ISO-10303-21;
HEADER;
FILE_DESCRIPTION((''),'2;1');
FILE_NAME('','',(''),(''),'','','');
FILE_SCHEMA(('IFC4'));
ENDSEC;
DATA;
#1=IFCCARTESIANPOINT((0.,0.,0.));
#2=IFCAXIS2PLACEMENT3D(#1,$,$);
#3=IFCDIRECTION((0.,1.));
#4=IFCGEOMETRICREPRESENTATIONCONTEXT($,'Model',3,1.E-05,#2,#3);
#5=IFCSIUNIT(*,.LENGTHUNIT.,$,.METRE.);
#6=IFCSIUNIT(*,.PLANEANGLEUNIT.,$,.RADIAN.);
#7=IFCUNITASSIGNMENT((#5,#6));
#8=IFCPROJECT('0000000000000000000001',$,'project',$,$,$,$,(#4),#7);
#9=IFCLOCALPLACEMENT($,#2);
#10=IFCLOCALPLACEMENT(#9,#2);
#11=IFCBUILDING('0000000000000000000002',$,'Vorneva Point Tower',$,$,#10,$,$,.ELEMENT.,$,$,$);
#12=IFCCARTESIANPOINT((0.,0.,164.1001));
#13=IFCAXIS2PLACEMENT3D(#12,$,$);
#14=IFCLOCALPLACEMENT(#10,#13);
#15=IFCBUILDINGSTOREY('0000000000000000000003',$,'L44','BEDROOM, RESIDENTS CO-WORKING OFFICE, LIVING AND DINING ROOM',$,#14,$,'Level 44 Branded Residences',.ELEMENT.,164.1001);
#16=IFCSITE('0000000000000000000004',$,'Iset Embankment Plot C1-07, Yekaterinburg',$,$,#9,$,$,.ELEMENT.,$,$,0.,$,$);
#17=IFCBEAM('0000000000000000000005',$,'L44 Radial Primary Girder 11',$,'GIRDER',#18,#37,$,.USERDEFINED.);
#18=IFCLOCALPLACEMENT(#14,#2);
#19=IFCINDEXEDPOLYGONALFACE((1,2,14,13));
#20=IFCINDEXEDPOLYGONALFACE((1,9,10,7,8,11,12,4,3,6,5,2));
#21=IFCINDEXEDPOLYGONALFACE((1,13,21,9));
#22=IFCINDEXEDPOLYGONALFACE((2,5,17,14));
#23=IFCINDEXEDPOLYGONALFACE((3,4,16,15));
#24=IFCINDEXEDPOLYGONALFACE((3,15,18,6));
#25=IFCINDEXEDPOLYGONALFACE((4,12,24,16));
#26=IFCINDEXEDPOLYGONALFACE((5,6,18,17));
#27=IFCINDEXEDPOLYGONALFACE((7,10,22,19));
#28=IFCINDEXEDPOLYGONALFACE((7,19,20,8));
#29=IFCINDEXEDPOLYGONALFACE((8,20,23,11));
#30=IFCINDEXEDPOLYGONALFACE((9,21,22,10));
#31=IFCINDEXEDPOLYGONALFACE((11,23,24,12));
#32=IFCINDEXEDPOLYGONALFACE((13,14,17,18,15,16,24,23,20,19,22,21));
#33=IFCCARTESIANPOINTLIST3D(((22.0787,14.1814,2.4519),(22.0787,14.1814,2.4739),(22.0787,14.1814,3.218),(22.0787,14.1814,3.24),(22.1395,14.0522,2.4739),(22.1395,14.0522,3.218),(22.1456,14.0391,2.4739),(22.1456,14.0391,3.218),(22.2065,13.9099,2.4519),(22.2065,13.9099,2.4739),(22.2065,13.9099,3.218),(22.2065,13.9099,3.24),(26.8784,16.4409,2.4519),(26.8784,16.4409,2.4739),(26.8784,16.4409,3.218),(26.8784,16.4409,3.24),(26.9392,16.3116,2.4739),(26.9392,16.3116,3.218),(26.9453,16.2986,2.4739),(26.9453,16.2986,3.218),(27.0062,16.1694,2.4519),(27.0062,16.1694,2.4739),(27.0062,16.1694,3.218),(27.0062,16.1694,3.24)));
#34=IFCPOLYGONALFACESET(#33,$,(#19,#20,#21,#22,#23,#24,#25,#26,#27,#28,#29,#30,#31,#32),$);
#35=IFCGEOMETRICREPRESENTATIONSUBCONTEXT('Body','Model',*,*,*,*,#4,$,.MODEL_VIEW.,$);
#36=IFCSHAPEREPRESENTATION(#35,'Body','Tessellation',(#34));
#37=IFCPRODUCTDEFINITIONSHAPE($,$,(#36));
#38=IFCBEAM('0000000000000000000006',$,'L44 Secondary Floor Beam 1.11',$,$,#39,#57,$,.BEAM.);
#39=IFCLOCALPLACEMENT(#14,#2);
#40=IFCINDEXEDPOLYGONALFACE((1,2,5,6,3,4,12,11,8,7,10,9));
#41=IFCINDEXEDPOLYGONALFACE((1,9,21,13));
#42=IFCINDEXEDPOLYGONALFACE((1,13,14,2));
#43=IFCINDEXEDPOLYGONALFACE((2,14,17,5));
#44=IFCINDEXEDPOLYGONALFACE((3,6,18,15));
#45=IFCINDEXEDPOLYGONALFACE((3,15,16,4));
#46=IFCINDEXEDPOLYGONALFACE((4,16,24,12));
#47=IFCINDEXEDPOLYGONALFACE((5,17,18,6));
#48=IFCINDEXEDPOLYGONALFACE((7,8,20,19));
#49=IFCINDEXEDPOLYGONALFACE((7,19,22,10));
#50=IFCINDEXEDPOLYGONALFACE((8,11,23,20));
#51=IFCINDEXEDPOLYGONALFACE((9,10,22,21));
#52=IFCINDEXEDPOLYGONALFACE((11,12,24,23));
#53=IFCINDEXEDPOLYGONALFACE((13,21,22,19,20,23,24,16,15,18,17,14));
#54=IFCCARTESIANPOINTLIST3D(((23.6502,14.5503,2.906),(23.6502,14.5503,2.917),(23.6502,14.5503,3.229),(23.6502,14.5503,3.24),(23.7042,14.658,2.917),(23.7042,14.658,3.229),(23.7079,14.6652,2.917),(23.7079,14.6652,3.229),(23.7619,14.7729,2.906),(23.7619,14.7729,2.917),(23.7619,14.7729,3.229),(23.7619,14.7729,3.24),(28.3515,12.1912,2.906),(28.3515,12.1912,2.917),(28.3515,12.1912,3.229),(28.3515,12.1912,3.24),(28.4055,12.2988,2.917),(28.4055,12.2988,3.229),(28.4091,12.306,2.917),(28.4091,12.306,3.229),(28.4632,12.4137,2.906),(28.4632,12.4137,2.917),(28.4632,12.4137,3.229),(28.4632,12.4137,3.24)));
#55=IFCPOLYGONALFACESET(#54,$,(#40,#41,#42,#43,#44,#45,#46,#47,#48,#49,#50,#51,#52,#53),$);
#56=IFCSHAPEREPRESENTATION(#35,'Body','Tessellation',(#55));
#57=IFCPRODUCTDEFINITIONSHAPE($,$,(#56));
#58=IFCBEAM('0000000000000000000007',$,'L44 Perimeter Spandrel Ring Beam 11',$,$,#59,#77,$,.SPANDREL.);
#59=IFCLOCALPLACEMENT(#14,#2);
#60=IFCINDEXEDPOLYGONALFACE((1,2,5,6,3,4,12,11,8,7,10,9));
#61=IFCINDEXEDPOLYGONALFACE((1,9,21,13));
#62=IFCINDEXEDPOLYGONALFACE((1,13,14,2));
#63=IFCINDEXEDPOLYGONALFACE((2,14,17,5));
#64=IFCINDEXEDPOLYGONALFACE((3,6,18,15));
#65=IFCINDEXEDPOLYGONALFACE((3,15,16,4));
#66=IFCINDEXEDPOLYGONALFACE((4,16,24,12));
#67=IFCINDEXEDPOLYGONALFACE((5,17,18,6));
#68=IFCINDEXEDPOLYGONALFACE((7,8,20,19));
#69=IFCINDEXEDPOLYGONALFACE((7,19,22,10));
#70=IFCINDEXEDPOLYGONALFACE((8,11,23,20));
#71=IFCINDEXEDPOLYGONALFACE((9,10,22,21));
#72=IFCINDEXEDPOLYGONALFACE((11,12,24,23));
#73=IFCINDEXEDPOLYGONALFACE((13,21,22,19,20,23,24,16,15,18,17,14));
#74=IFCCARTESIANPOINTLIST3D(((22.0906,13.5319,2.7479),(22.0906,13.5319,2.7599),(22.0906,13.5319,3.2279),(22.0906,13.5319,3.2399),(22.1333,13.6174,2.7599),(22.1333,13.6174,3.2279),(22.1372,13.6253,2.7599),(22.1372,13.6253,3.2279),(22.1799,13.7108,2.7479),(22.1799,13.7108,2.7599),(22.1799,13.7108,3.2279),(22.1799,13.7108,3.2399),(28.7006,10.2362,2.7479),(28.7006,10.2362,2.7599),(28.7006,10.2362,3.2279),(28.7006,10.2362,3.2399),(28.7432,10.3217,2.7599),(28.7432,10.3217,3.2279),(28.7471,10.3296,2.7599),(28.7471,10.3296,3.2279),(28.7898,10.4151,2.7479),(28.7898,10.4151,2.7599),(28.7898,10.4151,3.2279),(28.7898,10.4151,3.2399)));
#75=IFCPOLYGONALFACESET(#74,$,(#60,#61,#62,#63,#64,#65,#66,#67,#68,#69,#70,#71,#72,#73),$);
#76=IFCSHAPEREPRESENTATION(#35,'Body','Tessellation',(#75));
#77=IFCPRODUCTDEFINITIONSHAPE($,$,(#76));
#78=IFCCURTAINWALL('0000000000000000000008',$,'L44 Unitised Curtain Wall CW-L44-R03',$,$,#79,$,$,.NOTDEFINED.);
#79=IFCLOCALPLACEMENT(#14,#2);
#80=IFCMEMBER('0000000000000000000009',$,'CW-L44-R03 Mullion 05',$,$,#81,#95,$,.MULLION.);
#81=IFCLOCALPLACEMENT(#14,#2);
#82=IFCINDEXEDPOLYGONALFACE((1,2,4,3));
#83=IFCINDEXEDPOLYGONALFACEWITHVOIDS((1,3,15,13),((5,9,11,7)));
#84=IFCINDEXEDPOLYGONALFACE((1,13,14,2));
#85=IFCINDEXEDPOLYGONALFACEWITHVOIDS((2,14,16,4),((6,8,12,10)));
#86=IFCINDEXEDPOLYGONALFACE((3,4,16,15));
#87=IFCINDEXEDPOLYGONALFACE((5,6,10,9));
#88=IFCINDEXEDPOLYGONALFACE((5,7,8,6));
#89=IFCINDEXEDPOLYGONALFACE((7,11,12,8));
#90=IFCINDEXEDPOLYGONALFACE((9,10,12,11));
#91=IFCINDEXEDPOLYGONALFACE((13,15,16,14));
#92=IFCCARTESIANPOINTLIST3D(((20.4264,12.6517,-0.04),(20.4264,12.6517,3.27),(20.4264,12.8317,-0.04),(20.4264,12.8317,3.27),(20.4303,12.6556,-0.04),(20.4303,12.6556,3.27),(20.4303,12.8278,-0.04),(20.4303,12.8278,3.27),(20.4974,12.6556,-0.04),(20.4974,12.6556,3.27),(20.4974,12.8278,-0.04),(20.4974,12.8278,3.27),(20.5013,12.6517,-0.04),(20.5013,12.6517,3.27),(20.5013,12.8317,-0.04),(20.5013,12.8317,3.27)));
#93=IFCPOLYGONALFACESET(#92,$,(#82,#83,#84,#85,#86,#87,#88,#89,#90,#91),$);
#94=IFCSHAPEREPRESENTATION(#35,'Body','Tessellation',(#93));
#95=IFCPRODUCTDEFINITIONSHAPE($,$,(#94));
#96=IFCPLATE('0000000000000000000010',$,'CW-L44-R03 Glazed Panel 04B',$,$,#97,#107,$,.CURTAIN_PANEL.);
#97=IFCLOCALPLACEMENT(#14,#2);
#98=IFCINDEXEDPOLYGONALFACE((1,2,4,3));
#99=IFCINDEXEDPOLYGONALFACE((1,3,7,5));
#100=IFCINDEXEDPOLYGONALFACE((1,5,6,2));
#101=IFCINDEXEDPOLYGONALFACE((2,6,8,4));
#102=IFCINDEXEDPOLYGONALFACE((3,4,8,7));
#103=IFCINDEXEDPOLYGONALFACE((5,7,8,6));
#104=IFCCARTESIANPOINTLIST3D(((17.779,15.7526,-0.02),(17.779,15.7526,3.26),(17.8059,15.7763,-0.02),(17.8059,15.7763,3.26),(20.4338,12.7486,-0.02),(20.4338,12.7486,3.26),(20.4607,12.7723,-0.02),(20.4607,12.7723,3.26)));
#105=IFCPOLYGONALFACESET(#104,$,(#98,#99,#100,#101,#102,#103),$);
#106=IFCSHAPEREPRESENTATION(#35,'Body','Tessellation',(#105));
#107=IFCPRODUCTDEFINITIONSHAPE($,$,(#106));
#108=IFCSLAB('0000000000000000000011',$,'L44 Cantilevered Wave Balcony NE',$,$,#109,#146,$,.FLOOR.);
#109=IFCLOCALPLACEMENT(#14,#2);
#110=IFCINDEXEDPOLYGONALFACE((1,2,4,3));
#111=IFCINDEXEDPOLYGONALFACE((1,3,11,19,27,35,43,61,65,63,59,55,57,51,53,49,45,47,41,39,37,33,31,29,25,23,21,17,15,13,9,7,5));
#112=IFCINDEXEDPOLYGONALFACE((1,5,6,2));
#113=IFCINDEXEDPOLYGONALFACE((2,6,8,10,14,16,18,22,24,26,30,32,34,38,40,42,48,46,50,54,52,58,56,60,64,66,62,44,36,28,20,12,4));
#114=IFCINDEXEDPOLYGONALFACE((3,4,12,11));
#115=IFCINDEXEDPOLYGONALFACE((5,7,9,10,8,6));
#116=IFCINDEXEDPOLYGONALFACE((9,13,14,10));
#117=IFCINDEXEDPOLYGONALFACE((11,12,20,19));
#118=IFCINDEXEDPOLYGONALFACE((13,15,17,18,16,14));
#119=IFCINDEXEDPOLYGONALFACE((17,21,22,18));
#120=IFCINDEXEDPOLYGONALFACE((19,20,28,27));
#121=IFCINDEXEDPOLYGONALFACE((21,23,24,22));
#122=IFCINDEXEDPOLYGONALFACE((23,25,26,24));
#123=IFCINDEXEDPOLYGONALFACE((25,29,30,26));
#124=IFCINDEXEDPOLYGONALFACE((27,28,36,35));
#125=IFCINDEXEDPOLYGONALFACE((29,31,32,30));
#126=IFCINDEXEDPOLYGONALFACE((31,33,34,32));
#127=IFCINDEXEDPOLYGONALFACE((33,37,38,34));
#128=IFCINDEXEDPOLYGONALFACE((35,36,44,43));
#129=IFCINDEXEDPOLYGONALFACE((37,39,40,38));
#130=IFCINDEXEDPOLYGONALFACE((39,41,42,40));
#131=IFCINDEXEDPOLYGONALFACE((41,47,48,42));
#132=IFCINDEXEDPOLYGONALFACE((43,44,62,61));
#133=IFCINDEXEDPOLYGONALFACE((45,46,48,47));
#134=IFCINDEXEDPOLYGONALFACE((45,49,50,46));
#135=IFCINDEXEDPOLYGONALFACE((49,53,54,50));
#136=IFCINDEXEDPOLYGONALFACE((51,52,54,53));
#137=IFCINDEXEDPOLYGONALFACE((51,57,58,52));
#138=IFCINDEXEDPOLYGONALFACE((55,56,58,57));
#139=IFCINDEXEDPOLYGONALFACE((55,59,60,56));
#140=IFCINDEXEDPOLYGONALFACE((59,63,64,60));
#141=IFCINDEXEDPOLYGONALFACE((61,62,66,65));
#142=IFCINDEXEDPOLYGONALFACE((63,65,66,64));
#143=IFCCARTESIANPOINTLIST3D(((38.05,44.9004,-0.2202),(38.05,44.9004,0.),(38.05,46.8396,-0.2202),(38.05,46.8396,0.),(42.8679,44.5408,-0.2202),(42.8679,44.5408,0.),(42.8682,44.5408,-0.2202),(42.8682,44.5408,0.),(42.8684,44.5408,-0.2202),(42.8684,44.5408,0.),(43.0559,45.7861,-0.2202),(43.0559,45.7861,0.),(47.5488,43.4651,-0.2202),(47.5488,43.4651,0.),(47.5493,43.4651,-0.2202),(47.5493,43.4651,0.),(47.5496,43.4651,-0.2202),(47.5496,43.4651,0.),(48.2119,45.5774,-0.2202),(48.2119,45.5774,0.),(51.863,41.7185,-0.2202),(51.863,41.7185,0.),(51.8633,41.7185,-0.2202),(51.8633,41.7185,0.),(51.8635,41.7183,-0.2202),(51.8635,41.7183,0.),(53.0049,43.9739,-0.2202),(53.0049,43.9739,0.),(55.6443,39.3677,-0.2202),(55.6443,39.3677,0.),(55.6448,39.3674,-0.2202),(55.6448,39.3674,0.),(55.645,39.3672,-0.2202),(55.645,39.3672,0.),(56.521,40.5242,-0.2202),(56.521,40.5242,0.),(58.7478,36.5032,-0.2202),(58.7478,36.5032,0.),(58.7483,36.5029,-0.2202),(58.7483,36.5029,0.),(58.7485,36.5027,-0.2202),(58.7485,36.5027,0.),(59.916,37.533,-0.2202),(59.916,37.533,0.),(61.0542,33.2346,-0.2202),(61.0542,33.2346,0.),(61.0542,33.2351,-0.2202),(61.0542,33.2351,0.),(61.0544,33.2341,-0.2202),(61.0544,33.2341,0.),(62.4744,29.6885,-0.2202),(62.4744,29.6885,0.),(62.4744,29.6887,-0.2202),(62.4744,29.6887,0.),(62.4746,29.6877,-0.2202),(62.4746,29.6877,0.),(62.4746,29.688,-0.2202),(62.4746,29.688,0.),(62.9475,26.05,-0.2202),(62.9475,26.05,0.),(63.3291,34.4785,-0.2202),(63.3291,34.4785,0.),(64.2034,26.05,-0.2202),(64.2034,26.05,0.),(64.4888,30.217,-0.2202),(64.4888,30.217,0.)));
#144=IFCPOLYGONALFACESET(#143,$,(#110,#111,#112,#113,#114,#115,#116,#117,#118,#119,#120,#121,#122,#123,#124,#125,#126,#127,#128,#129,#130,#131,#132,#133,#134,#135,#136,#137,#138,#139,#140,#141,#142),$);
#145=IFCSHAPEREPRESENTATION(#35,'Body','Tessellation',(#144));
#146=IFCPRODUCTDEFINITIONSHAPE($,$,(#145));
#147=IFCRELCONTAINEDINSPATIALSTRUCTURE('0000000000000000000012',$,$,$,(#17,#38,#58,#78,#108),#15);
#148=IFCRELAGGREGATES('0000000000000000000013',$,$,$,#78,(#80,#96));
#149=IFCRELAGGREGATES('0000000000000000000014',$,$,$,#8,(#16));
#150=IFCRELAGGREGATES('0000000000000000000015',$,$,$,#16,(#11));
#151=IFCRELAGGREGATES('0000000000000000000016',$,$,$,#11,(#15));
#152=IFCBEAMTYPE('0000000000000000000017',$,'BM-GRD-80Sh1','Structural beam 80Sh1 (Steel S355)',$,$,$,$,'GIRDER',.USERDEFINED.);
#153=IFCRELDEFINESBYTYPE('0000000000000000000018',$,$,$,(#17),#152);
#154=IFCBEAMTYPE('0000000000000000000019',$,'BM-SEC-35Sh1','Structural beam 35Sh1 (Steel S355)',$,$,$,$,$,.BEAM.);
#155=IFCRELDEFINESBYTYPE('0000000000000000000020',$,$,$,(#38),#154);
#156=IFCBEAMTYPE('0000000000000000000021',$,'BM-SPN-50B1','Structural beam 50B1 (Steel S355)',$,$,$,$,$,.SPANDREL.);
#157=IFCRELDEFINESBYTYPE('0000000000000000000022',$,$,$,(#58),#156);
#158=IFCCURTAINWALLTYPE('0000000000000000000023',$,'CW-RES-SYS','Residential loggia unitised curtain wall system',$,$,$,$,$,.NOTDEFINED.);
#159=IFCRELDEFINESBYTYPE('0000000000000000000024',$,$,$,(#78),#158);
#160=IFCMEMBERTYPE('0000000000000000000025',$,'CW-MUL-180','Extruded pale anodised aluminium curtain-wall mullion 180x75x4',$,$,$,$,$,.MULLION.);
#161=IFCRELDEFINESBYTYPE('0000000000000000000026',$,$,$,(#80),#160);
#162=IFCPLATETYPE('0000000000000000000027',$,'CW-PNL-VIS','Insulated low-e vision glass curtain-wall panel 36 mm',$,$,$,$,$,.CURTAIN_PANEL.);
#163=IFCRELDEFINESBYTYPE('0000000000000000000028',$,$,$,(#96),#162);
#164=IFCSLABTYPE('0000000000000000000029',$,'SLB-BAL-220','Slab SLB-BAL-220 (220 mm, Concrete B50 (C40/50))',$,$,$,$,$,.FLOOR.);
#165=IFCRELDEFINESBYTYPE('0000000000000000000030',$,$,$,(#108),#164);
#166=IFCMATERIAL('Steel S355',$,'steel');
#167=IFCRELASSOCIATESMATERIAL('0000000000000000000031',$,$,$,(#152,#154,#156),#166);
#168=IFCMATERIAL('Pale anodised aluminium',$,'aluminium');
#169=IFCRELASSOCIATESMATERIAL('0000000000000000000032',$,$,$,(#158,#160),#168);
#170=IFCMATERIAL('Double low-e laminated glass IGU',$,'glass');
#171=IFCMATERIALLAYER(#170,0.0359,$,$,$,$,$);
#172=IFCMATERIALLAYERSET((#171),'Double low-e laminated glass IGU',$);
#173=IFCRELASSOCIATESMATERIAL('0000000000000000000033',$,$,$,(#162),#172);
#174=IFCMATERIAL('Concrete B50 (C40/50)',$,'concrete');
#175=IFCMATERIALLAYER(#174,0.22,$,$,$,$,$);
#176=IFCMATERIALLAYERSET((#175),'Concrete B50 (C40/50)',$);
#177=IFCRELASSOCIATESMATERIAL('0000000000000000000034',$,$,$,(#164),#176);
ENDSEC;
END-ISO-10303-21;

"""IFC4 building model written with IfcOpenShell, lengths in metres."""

from ifc_helpers import new_model, si_unit, direction, frame, origin, origin_2d, place, context, subcontext, project, spatial, polyline, rectangle, hollow_rectangle, i_section, outline, extrude, material, layer, layer_set, material_profile, profile_set, type_object, element, aggregate, save


model = new_model("IFC4")

# Units and contexts
model_context = context("Model", 3, precision=1e-05, world=origin(), true_north=direction((0.0, 1.0)))
body_context = subcontext(model_context, "Body", "Model", "MODEL_VIEW")
ifc_project = project(units=[si_unit("LENGTHUNIT", "METRE"), si_unit("PLANEANGLEUNIT", "RADIAN")], contexts=[model_context])

# Site, building, storey
site_placement = place(None, origin())
site = spatial("IfcSite", under=ifc_project, at=site_placement, Name="Iset Embankment Plot C1-07, Yekaterinburg", CompositionType="ELEMENT", RefElevation=0.0)
building_placement = place(site_placement, origin())
building = spatial("IfcBuilding", under=site, at=building_placement, Name="Vorneva Point Tower", CompositionType="ELEMENT")
storey_placement = place(building_placement, frame((0.0, 0.0, 164.1001)))
storey = spatial("IfcBuildingStorey", under=building, at=storey_placement, Name="L44", Description="BEDROOM, RESIDENTS CO-WORKING OFFICE, LIVING AND DINING ROOM", LongName="Level 44 Branded Residences", CompositionType="ELEMENT", Elevation=164.1001)

# Beams
ifc_material_1 = material(Name="Steel S355", Category="steel")
ifc_material_profile_1 = material_profile(ifc_material_1, i_section(OverallWidth=0.3, OverallDepth=0.7881, WebThickness=0.0144, FlangeThickness=0.022, at=origin_2d()), Name="80Sh1")
ifc_profile_set_1 = profile_set([ifc_material_profile_1], Name="Steel S355")
beam_type_1 = type_object("IfcBeamType", Name="BM-GRD-80Sh1", Description="Structural beam 80Sh1 (Steel S355)", ElementType="GIRDER", PredefinedType="USERDEFINED", material=ifc_profile_set_1)
beam_1_placement = place(storey_placement, frame((22.1426, 14.0457, 2.8459), z_axis=(0.904761, 0.425919, 0.0), x_axis=(-0.425919, 0.904761, 0.0)))
element("IfcBeam", 1, at=beam_1_placement, inside=storey, type_object=beam_type_1, Name="L44 Radial Primary Girder 11", ObjectType="GIRDER", PredefinedType="USERDEFINED", context=body_context, shape_type="SweptSolid", body=[
    extrude(i_section(OverallWidth=0.3, OverallDepth=0.7881, WebThickness=0.0144, FlangeThickness=0.022, at=origin_2d()), origin(), (0.0, 0.0, 1.0), 5.3049),
])
ifc_material_profile_2 = material_profile(ifc_material_1, i_section(OverallWidth=0.249, OverallDepth=0.334, WebThickness=0.0081, FlangeThickness=0.011, at=origin_2d()), Name="35Sh1")
ifc_profile_set_2 = profile_set([ifc_material_profile_2], Name="Steel S355")
beam_type_2 = type_object("IfcBeamType", Name="BM-SEC-35Sh1", Description="Structural beam 35Sh1 (Steel S355)", PredefinedType="BEAM", material=ifc_profile_set_2)
beam_2_placement = place(storey_placement, frame((23.7061, 14.6616, 3.073), z_axis=(0.893776, -0.448513, 0.0), x_axis=(0.448513, 0.893776, 0.0)))
element("IfcBeam", 2, at=beam_2_placement, inside=storey, type_object=beam_type_2, Name="L44 Secondary Floor Beam 1.11", PredefinedType="BEAM", context=body_context, shape_type="SweptSolid", body=[
    extrude(i_section(OverallWidth=0.249, OverallDepth=0.334, WebThickness=0.0081, FlangeThickness=0.011, at=origin_2d()), origin(), (0.0, 0.0, 1.0), 5.26),
])
ifc_material_profile_3 = material_profile(ifc_material_1, i_section(OverallWidth=0.2, OverallDepth=0.4919, WebThickness=0.0088, FlangeThickness=0.012, at=origin_2d()), Name="50B1")
ifc_profile_set_3 = profile_set([ifc_material_profile_3], Name="Steel S355")
beam_type_3 = type_object("IfcBeamType", Name="BM-SPN-50B1", Description="Structural beam 50B1 (Steel S355)", PredefinedType="SPANDREL", material=ifc_profile_set_3)
beam_3_placement = place(storey_placement, frame((22.1353, 13.6213, 2.9939), z_axis=(0.894929, -0.446208, 0.0), x_axis=(0.446208, 0.894929, 0.0)))
element("IfcBeam", 3, at=beam_3_placement, inside=storey, type_object=beam_type_3, Name="L44 Perimeter Spandrel Ring Beam 11", PredefinedType="SPANDREL", context=body_context, shape_type="SweptSolid", body=[
    extrude(i_section(OverallWidth=0.2, OverallDepth=0.4919, WebThickness=0.0088, FlangeThickness=0.012, at=origin_2d()), origin(), (0.0, 0.0, 1.0), 7.386),
])

# Curtain wall, member, plate
ifc_material_2 = material(Name="Pale anodised aluminium", Category="aluminium")
curtain_wall_type = type_object("IfcCurtainWallType", Name="CW-RES-SYS", Description="Residential loggia unitised curtain wall system", PredefinedType="NOTDEFINED", material=ifc_material_2)
curtain_wall_placement = place(storey_placement, origin())
curtain_wall = element("IfcCurtainWall", 4, at=curtain_wall_placement, inside=storey, type_object=curtain_wall_type, Name="L44 Unitised Curtain Wall CW-L44-R03", PredefinedType="NOTDEFINED")
ifc_material_profile_4 = material_profile(ifc_material_2, hollow_rectangle(XDim=0.075, YDim=0.1799, WallThickness=0.0039, at=origin_2d()), Name="AL-MUL 180x75x4")
ifc_profile_set_4 = profile_set([ifc_material_profile_4], Name="Pale anodised aluminium")
member_type = type_object("IfcMemberType", Name="CW-MUL-180", Description="Extruded pale anodised aluminium curtain-wall mullion 180x75x4", PredefinedType="MULLION", material=ifc_profile_set_4)
member_placement = place(storey_placement, frame((20.4639, 12.7417, -0.04), z_axis=(0.0, 0.0, 1.0), x_axis=(1.0, 0.0, 0.0)))
member = element("IfcMember", 5, at=member_placement, type_object=member_type, Name="CW-L44-R03 Mullion 05", PredefinedType="MULLION", context=body_context, shape_type="SweptSolid", body=[
    extrude(hollow_rectangle(XDim=0.075, YDim=0.1799, WallThickness=0.0039, at=origin_2d()), origin(), (0.0, 0.0, 1.0), 3.3101),
])
ifc_material_3 = material(Name="Double low-e laminated glass IGU", Category="glass")
ifc_layer_1 = layer(ifc_material_3, 0.0359)
ifc_layer_set_1 = layer_set([ifc_layer_1], Name="Double low-e laminated glass IGU")
plate_type = type_object("IfcPlateType", Name="CW-PNL-VIS", Description="Insulated low-e vision glass curtain-wall panel 36 mm", PredefinedType="CURTAIN_PANEL", material=ifc_layer_set_1)
plate_placement = place(storey_placement, frame((19.1199, 14.2625, -0.02), z_axis=(0.0, 0.0, 1.0), x_axis=(0.662215, -0.749314, 0.0)))
plate = element("IfcPlate", 6, at=plate_placement, type_object=plate_type, Name="CW-L44-R03 Glazed Panel 04B", PredefinedType="CURTAIN_PANEL", context=body_context, shape_type="SweptSolid", body=[
    extrude(rectangle(XDim=4.009, YDim=0.0359, at=origin_2d()), origin(), (0.0, 0.0, 1.0), 3.28),
])
aggregate(curtain_wall, [member, plate])

# Slab
ifc_material_4 = material(Name="Concrete B50 (C40/50)", Category="concrete")
ifc_layer_2 = layer(ifc_material_4, 0.22)
ifc_layer_set_2 = layer_set([ifc_layer_2], Name="Concrete B50 (C40/50)")
slab_type_1 = type_object("IfcSlabType", Name="SLB-BAL-220", Description="Slab SLB-BAL-220 (220 mm, Concrete B50 (C40/50))", PredefinedType="FLOOR", material=ifc_layer_set_2)
slab_1_placement = place(storey_placement, frame((0.0, 0.0, -0.2202)))
element("IfcSlab", 7, at=slab_1_placement, inside=storey, type_object=slab_type_1, Name="L44 Cantilevered Wave Balcony NE", PredefinedType="FLOOR", context=body_context, shape_type="SweptSolid", body=[
    extrude(outline(polyline([(38.05, 46.8396), (38.05, 44.9004), (42.8679, 44.5408), (42.8682, 44.5408), (42.8684, 44.5408), (47.5488, 43.4651), (47.5493, 43.4651), (47.5496, 43.4651), (51.863, 41.7185), (51.8633, 41.7185), (51.8635, 41.7183), (55.6443, 39.3677), (55.6448, 39.3674), (55.645, 39.3672), (58.7478, 36.5032), (58.7483, 36.5029), (58.7485, 36.5027), (61.0542, 33.2351), (61.0542, 33.2346), (61.0544, 33.2341), (62.4744, 29.6887), (62.4744, 29.6885), (62.4746, 29.688), (62.4746, 29.6877), (62.9475, 26.05), (64.2034, 26.05), (64.4888, 30.217), (63.3291, 34.4785), (59.916, 37.533), (56.521, 40.5242), (53.0049, 43.9739), (48.2119, 45.5774), (43.0559, 45.7861), (38.05, 46.8396)])), origin(), (0.0, 0.0, 1.0), 0.2202),
])

save(model, "model.ifc")
